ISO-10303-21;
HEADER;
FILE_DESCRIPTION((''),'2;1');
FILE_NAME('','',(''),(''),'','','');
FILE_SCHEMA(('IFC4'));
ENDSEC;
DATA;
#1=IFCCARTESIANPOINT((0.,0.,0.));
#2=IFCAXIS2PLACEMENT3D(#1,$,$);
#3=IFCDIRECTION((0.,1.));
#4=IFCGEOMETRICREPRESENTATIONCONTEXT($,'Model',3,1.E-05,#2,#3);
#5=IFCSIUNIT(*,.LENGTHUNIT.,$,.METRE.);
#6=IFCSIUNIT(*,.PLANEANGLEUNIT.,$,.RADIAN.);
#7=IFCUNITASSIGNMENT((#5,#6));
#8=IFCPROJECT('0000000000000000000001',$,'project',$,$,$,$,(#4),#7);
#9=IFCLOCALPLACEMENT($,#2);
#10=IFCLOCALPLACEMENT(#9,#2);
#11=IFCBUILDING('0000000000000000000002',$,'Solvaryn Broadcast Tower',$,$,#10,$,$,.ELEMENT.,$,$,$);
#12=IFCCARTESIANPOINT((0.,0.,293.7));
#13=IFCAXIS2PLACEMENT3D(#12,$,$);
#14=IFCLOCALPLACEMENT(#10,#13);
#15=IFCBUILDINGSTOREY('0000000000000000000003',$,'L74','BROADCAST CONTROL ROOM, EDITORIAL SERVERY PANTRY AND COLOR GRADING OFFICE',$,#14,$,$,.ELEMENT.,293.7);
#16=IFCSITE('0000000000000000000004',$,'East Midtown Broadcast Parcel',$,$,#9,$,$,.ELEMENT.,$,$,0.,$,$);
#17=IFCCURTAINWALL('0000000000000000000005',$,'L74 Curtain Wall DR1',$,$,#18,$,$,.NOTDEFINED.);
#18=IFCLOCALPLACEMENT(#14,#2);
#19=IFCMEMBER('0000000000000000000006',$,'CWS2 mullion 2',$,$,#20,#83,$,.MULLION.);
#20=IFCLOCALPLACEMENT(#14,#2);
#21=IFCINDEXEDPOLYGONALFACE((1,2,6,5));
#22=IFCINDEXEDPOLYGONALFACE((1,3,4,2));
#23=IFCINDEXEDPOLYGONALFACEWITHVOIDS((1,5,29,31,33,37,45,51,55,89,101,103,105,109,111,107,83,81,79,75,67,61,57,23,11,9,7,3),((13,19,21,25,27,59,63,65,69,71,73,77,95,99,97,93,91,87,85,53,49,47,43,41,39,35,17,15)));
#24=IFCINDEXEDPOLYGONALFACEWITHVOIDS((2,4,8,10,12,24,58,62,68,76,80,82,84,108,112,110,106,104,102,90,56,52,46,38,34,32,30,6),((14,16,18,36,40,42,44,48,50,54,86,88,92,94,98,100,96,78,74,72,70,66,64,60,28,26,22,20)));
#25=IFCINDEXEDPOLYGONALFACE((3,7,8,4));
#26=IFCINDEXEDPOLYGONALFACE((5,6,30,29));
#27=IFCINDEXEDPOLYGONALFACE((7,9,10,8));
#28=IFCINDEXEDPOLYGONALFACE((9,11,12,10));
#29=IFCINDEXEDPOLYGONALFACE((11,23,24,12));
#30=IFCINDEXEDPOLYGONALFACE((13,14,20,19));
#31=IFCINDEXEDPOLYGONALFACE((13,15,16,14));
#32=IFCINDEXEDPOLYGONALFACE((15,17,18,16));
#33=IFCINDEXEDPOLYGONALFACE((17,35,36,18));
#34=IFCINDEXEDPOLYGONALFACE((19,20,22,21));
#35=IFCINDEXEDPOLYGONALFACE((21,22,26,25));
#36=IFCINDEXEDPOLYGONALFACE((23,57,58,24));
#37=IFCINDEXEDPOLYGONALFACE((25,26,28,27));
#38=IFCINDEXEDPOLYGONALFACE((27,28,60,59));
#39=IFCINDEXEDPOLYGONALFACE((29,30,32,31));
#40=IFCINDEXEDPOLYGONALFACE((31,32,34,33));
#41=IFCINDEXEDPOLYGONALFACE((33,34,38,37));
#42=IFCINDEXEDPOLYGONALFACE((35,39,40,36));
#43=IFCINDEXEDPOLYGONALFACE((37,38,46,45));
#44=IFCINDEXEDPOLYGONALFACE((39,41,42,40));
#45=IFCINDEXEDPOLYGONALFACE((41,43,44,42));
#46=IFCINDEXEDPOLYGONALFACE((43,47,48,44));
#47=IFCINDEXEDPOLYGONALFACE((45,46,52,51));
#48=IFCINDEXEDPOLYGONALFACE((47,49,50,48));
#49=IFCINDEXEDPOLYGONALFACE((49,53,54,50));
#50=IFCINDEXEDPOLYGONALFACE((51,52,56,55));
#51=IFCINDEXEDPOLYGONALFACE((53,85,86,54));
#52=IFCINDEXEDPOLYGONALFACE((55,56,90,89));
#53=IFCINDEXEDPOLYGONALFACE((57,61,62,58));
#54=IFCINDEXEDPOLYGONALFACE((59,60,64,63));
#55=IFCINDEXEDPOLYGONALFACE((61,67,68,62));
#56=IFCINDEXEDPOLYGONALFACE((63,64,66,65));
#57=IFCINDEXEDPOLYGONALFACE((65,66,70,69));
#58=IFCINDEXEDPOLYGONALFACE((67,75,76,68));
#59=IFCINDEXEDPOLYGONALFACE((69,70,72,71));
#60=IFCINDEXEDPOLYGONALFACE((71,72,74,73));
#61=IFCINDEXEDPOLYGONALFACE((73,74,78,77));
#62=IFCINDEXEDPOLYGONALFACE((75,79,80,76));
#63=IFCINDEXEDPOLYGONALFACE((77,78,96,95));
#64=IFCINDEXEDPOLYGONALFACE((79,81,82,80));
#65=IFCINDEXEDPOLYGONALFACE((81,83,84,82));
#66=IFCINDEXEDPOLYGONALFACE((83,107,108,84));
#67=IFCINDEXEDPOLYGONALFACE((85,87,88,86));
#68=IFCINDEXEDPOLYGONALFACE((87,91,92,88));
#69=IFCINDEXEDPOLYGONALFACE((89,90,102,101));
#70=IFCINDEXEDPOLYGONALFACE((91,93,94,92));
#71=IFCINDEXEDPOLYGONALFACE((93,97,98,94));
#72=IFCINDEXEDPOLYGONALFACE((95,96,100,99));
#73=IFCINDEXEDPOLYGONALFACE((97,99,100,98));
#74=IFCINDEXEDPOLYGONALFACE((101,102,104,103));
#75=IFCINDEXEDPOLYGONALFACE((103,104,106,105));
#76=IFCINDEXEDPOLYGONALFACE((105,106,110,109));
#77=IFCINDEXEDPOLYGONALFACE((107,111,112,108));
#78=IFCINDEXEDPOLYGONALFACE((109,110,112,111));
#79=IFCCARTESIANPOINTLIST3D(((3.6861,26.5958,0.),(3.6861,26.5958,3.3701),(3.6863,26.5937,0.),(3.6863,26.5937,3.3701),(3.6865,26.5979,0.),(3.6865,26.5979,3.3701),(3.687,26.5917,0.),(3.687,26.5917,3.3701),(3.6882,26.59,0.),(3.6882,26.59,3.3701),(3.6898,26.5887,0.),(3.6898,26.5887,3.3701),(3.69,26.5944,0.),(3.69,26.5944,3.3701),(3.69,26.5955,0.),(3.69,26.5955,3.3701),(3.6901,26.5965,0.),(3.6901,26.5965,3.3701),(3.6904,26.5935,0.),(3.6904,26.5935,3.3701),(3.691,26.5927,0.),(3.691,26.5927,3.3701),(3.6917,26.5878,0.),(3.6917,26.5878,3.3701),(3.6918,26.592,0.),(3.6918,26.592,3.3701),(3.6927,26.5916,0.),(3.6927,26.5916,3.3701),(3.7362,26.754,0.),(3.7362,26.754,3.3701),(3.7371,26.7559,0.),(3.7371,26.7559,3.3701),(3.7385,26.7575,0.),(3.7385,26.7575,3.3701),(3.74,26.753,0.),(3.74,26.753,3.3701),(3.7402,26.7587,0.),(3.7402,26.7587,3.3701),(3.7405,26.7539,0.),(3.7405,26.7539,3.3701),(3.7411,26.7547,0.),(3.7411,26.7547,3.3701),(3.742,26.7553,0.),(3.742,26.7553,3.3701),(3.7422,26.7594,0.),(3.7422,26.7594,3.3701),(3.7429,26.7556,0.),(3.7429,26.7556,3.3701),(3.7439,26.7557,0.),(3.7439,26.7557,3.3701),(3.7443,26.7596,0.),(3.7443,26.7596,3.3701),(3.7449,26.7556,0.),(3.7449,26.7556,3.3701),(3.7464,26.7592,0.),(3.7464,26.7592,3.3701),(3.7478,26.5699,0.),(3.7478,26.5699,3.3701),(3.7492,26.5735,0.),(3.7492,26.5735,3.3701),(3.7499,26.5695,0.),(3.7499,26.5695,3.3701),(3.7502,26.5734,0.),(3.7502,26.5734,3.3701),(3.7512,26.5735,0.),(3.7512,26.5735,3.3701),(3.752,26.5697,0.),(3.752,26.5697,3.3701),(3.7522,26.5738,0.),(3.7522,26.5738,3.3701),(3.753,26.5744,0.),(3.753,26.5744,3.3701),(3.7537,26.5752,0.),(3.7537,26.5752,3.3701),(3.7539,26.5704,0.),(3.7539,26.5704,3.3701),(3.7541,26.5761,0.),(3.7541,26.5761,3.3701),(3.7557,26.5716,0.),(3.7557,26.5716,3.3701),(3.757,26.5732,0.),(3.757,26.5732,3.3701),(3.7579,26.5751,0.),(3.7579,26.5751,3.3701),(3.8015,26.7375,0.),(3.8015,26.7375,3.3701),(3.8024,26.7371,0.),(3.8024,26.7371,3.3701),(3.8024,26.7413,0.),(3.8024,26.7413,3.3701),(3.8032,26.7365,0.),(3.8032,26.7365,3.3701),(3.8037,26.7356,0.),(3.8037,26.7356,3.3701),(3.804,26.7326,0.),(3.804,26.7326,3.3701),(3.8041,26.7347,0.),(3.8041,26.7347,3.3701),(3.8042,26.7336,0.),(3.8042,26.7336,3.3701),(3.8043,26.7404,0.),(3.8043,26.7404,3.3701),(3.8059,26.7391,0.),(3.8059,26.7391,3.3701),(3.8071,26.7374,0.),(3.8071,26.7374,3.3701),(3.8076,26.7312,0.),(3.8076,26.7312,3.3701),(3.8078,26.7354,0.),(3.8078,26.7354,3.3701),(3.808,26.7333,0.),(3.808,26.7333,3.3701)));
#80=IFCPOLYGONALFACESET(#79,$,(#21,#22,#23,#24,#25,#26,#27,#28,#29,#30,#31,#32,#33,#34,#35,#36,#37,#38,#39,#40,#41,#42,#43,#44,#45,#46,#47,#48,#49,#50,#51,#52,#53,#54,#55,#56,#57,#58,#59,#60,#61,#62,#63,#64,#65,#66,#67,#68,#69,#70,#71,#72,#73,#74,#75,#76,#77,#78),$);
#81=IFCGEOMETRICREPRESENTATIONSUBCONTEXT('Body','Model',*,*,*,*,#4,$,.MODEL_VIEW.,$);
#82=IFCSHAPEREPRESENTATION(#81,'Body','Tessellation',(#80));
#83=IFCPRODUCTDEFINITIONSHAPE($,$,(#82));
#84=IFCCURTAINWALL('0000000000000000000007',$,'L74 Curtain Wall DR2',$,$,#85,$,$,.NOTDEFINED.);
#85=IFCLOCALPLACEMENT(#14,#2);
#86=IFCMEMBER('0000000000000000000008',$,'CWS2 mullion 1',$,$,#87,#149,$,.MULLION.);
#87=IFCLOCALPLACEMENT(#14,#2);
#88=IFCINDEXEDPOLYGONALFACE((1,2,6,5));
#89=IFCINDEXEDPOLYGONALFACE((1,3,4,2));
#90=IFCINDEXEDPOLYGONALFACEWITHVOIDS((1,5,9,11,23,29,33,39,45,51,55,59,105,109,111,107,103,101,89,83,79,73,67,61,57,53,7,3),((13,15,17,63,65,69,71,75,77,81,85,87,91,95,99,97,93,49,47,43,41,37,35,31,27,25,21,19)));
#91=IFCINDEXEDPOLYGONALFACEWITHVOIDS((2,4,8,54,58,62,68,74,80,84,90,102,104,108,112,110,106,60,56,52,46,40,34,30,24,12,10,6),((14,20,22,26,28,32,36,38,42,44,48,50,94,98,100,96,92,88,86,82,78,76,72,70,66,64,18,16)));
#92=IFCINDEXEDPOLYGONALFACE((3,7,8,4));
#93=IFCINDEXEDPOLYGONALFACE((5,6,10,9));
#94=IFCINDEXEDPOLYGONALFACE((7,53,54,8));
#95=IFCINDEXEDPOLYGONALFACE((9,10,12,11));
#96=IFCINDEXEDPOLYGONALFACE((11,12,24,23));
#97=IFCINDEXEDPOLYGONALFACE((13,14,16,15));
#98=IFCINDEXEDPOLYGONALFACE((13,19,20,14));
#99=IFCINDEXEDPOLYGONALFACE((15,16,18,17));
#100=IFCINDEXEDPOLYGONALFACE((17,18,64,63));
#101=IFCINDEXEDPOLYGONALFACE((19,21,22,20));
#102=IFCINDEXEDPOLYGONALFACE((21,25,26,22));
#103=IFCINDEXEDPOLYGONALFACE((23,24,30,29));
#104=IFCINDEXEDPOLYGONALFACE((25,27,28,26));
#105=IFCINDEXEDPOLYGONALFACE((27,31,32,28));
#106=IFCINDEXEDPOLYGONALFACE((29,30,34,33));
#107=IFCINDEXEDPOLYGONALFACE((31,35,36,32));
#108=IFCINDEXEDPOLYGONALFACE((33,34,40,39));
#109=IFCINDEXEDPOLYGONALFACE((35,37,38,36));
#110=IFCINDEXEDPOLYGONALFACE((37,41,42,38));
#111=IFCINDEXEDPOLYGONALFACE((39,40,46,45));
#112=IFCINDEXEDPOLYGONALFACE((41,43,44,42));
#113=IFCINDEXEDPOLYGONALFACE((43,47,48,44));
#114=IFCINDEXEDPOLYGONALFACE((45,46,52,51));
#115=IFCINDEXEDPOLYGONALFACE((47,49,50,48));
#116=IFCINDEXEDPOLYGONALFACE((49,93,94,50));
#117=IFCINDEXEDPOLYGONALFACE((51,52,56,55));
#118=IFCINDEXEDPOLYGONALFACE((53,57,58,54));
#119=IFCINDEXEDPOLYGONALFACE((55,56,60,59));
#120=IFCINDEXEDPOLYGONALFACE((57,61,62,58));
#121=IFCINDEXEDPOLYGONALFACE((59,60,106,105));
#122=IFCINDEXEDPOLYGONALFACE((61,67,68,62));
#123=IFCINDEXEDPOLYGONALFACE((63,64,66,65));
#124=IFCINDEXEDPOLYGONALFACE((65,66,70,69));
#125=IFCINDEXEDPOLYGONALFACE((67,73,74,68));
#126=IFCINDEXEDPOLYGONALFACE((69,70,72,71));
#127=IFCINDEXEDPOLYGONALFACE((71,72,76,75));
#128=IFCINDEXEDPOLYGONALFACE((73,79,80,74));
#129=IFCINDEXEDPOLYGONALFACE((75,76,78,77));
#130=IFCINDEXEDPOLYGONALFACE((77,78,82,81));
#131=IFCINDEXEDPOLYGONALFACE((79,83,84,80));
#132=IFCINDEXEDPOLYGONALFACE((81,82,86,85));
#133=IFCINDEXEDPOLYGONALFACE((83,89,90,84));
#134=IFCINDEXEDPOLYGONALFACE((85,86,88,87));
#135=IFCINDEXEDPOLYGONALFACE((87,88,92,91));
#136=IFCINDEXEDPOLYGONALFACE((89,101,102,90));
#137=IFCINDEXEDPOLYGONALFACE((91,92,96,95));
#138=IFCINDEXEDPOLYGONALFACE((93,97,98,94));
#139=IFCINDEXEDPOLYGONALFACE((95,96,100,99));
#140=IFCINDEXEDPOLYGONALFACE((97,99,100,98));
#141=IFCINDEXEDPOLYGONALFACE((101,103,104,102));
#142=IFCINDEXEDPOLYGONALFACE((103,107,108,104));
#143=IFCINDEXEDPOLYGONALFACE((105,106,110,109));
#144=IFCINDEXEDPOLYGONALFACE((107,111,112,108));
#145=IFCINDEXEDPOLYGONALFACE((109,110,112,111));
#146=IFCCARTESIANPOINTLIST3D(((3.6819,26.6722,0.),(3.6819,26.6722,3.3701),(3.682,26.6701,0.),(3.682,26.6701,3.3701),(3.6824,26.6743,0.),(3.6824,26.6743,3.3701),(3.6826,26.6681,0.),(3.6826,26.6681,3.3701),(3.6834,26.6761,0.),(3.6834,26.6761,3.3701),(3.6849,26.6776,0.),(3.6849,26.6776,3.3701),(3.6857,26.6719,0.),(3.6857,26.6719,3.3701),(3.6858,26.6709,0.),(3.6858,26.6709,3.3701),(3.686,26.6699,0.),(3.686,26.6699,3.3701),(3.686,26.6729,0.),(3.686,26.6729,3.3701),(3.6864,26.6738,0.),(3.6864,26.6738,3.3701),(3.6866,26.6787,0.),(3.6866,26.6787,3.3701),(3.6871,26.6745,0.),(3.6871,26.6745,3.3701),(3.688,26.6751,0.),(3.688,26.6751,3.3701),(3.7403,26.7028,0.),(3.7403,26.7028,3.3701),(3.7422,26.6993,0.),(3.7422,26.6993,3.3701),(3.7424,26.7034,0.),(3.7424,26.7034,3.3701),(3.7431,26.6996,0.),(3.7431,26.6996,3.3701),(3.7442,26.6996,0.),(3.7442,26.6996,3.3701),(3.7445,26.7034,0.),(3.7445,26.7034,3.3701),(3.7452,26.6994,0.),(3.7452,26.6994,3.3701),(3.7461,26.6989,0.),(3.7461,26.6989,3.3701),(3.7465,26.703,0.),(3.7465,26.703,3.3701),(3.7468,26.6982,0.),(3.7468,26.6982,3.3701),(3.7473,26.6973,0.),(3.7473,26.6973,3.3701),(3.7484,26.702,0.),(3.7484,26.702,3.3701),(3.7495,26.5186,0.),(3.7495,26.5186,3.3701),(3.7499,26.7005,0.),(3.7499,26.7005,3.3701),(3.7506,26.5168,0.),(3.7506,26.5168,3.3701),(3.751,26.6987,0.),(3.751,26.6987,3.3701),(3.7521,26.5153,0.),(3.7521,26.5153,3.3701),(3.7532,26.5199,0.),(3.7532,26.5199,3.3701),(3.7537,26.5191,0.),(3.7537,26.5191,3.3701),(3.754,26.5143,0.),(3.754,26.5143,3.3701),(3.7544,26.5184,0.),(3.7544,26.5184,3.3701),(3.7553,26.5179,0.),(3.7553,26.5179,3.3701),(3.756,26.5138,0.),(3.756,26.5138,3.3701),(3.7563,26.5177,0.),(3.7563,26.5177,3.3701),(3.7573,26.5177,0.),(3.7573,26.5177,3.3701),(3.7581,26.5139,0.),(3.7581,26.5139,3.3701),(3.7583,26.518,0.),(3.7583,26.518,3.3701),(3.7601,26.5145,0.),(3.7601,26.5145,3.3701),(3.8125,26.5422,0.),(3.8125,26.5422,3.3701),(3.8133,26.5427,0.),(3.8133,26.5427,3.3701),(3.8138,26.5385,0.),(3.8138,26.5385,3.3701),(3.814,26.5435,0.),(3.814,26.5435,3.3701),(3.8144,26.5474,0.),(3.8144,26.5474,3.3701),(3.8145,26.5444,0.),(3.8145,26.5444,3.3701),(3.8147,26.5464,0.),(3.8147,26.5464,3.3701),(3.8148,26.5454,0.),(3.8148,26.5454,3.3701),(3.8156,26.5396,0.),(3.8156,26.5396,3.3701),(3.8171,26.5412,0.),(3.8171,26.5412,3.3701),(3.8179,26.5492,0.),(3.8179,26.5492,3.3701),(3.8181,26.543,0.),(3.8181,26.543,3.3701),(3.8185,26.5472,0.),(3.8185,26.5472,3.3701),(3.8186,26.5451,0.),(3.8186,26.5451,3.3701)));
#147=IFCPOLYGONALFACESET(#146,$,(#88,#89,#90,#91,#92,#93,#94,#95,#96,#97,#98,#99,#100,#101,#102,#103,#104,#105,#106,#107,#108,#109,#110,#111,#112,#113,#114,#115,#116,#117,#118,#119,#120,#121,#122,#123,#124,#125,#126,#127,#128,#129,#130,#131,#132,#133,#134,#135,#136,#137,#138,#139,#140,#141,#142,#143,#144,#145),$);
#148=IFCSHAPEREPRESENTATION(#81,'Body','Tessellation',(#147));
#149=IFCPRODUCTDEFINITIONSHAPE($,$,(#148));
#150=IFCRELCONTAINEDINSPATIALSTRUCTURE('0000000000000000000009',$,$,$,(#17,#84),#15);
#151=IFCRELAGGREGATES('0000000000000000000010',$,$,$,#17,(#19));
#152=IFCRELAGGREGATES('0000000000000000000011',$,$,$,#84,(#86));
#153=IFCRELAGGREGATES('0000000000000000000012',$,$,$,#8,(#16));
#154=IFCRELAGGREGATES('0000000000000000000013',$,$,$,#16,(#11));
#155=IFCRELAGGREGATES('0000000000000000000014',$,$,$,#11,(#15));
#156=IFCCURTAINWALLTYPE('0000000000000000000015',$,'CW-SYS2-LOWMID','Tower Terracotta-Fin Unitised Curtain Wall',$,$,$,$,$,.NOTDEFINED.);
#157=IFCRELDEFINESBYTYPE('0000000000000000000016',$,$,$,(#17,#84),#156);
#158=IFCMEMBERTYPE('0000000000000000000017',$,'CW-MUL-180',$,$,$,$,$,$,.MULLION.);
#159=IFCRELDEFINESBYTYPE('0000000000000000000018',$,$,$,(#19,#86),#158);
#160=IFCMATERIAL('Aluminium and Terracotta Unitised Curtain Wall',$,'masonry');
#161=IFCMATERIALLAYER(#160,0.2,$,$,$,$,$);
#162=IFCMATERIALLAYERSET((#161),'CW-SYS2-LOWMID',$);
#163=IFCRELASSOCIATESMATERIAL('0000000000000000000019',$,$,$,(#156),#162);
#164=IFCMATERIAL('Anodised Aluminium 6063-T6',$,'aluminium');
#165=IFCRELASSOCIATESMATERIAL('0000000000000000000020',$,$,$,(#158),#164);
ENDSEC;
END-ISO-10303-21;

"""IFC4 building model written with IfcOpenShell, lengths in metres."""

from ifc_helpers import new_model, si_unit, direction, frame, origin, origin_2d, place, context, subcontext, project, spatial, hollow_rectangle, extrude, material, layer, layer_set, material_profile, profile_set, type_object, element, aggregate, save


model = new_model("IFC4")

# Units and contexts
model_context = context("Model", 3, precision=1e-05, world=origin(), true_north=direction((0.0, 1.0)))
body_context = subcontext(model_context, "Body", "Model", "MODEL_VIEW")
ifc_project = project(units=[si_unit("LENGTHUNIT", "METRE"), si_unit("PLANEANGLEUNIT", "RADIAN")], contexts=[model_context])

# Site, building, storey
site_placement = place(None, origin())
site = spatial("IfcSite", under=ifc_project, at=site_placement, Name="East Midtown Broadcast Parcel", CompositionType="ELEMENT", RefElevation=0.0)
building_placement = place(site_placement, origin())
building = spatial("IfcBuilding", under=site, at=building_placement, Name="Solvaryn Broadcast Tower", CompositionType="ELEMENT")
storey_placement = place(building_placement, frame((0.0, 0.0, 293.7)))
storey = spatial("IfcBuildingStorey", under=building, at=storey_placement, Name="L74", Description="BROADCAST CONTROL ROOM, EDITORIAL SERVERY PANTRY AND COLOR GRADING OFFICE", CompositionType="ELEMENT", Elevation=293.7)

# Curtain wall, member
ifc_material_1 = material(Name="Aluminium and Terracotta Unitised Curtain Wall", Category="masonry")
ifc_layer_1 = layer(ifc_material_1, 0.2)
ifc_layer_set_1 = layer_set([ifc_layer_1], Name="CW-SYS2-LOWMID")
curtain_wall_type = type_object("IfcCurtainWallType", Name="CW-SYS2-LOWMID", Description="Tower Terracotta-Fin Unitised Curtain Wall", PredefinedType="NOTDEFINED", material=ifc_layer_set_1)
curtain_wall_1_placement = place(storey_placement, origin())
curtain_wall_1 = element("IfcCurtainWall", 1, at=curtain_wall_1_placement, inside=storey, type_object=curtain_wall_type, Name="L74 Curtain Wall DR1", PredefinedType="NOTDEFINED")
ifc_material_2 = material(Name="Anodised Aluminium 6063-T6", Category="aluminium")
ifc_material_profile_1 = material_profile(ifc_material_2, hollow_rectangle(XDim=0.075, YDim=0.1799, WallThickness=0.0039, InnerFilletRadius=0.0039, OuterFilletRadius=0.0081, at=origin_2d()))
ifc_profile_set_1 = profile_set([ifc_material_profile_1], Name="Anodised Aluminium 6063-T6")
member_type_1 = type_object("IfcMemberType", Name="CW-MUL-180", PredefinedType="MULLION", material=ifc_profile_set_1)
member_1_placement = place(storey_placement, frame((3.7471, 26.6646, 0.0), z_axis=(0.0, 0.0, 1.0), x_axis=(0.952795, -0.303616, 0.0)))
member_1 = element("IfcMember", 2, at=member_1_placement, type_object=member_type_1, Name="CWS2 mullion 2", PredefinedType="MULLION", context=body_context, shape_type="SweptSolid", body=[
    extrude(hollow_rectangle(XDim=0.075, YDim=0.1799, WallThickness=0.0039, InnerFilletRadius=0.0039, OuterFilletRadius=0.0081, at=origin_2d()), origin(), (0.0, 0.0, 1.0), 3.3701),
])
aggregate(curtain_wall_1, [member_1])

# Curtain wall, member
curtain_wall_2_placement = place(storey_placement, origin())
curtain_wall_2 = element("IfcCurtainWall", 3, at=curtain_wall_2_placement, inside=storey, type_object=curtain_wall_type, Name="L74 Curtain Wall DR2", PredefinedType="NOTDEFINED")
member_2_placement = place(storey_placement, frame((3.7502, 26.6086, 0.0), z_axis=(0.0, 0.0, 1.0), x_axis=(0.912774, 0.408466, 0.0)))
member_2 = element("IfcMember", 4, at=member_2_placement, type_object=member_type_1, Name="CWS2 mullion 1", PredefinedType="MULLION", context=body_context, shape_type="SweptSolid", body=[
    extrude(hollow_rectangle(XDim=0.075, YDim=0.1799, WallThickness=0.0039, InnerFilletRadius=0.0039, OuterFilletRadius=0.0081, at=origin_2d()), origin(), (0.0, 0.0, 1.0), 3.3701),
])
aggregate(curtain_wall_2, [member_2])

save(model, "model.ifc")
